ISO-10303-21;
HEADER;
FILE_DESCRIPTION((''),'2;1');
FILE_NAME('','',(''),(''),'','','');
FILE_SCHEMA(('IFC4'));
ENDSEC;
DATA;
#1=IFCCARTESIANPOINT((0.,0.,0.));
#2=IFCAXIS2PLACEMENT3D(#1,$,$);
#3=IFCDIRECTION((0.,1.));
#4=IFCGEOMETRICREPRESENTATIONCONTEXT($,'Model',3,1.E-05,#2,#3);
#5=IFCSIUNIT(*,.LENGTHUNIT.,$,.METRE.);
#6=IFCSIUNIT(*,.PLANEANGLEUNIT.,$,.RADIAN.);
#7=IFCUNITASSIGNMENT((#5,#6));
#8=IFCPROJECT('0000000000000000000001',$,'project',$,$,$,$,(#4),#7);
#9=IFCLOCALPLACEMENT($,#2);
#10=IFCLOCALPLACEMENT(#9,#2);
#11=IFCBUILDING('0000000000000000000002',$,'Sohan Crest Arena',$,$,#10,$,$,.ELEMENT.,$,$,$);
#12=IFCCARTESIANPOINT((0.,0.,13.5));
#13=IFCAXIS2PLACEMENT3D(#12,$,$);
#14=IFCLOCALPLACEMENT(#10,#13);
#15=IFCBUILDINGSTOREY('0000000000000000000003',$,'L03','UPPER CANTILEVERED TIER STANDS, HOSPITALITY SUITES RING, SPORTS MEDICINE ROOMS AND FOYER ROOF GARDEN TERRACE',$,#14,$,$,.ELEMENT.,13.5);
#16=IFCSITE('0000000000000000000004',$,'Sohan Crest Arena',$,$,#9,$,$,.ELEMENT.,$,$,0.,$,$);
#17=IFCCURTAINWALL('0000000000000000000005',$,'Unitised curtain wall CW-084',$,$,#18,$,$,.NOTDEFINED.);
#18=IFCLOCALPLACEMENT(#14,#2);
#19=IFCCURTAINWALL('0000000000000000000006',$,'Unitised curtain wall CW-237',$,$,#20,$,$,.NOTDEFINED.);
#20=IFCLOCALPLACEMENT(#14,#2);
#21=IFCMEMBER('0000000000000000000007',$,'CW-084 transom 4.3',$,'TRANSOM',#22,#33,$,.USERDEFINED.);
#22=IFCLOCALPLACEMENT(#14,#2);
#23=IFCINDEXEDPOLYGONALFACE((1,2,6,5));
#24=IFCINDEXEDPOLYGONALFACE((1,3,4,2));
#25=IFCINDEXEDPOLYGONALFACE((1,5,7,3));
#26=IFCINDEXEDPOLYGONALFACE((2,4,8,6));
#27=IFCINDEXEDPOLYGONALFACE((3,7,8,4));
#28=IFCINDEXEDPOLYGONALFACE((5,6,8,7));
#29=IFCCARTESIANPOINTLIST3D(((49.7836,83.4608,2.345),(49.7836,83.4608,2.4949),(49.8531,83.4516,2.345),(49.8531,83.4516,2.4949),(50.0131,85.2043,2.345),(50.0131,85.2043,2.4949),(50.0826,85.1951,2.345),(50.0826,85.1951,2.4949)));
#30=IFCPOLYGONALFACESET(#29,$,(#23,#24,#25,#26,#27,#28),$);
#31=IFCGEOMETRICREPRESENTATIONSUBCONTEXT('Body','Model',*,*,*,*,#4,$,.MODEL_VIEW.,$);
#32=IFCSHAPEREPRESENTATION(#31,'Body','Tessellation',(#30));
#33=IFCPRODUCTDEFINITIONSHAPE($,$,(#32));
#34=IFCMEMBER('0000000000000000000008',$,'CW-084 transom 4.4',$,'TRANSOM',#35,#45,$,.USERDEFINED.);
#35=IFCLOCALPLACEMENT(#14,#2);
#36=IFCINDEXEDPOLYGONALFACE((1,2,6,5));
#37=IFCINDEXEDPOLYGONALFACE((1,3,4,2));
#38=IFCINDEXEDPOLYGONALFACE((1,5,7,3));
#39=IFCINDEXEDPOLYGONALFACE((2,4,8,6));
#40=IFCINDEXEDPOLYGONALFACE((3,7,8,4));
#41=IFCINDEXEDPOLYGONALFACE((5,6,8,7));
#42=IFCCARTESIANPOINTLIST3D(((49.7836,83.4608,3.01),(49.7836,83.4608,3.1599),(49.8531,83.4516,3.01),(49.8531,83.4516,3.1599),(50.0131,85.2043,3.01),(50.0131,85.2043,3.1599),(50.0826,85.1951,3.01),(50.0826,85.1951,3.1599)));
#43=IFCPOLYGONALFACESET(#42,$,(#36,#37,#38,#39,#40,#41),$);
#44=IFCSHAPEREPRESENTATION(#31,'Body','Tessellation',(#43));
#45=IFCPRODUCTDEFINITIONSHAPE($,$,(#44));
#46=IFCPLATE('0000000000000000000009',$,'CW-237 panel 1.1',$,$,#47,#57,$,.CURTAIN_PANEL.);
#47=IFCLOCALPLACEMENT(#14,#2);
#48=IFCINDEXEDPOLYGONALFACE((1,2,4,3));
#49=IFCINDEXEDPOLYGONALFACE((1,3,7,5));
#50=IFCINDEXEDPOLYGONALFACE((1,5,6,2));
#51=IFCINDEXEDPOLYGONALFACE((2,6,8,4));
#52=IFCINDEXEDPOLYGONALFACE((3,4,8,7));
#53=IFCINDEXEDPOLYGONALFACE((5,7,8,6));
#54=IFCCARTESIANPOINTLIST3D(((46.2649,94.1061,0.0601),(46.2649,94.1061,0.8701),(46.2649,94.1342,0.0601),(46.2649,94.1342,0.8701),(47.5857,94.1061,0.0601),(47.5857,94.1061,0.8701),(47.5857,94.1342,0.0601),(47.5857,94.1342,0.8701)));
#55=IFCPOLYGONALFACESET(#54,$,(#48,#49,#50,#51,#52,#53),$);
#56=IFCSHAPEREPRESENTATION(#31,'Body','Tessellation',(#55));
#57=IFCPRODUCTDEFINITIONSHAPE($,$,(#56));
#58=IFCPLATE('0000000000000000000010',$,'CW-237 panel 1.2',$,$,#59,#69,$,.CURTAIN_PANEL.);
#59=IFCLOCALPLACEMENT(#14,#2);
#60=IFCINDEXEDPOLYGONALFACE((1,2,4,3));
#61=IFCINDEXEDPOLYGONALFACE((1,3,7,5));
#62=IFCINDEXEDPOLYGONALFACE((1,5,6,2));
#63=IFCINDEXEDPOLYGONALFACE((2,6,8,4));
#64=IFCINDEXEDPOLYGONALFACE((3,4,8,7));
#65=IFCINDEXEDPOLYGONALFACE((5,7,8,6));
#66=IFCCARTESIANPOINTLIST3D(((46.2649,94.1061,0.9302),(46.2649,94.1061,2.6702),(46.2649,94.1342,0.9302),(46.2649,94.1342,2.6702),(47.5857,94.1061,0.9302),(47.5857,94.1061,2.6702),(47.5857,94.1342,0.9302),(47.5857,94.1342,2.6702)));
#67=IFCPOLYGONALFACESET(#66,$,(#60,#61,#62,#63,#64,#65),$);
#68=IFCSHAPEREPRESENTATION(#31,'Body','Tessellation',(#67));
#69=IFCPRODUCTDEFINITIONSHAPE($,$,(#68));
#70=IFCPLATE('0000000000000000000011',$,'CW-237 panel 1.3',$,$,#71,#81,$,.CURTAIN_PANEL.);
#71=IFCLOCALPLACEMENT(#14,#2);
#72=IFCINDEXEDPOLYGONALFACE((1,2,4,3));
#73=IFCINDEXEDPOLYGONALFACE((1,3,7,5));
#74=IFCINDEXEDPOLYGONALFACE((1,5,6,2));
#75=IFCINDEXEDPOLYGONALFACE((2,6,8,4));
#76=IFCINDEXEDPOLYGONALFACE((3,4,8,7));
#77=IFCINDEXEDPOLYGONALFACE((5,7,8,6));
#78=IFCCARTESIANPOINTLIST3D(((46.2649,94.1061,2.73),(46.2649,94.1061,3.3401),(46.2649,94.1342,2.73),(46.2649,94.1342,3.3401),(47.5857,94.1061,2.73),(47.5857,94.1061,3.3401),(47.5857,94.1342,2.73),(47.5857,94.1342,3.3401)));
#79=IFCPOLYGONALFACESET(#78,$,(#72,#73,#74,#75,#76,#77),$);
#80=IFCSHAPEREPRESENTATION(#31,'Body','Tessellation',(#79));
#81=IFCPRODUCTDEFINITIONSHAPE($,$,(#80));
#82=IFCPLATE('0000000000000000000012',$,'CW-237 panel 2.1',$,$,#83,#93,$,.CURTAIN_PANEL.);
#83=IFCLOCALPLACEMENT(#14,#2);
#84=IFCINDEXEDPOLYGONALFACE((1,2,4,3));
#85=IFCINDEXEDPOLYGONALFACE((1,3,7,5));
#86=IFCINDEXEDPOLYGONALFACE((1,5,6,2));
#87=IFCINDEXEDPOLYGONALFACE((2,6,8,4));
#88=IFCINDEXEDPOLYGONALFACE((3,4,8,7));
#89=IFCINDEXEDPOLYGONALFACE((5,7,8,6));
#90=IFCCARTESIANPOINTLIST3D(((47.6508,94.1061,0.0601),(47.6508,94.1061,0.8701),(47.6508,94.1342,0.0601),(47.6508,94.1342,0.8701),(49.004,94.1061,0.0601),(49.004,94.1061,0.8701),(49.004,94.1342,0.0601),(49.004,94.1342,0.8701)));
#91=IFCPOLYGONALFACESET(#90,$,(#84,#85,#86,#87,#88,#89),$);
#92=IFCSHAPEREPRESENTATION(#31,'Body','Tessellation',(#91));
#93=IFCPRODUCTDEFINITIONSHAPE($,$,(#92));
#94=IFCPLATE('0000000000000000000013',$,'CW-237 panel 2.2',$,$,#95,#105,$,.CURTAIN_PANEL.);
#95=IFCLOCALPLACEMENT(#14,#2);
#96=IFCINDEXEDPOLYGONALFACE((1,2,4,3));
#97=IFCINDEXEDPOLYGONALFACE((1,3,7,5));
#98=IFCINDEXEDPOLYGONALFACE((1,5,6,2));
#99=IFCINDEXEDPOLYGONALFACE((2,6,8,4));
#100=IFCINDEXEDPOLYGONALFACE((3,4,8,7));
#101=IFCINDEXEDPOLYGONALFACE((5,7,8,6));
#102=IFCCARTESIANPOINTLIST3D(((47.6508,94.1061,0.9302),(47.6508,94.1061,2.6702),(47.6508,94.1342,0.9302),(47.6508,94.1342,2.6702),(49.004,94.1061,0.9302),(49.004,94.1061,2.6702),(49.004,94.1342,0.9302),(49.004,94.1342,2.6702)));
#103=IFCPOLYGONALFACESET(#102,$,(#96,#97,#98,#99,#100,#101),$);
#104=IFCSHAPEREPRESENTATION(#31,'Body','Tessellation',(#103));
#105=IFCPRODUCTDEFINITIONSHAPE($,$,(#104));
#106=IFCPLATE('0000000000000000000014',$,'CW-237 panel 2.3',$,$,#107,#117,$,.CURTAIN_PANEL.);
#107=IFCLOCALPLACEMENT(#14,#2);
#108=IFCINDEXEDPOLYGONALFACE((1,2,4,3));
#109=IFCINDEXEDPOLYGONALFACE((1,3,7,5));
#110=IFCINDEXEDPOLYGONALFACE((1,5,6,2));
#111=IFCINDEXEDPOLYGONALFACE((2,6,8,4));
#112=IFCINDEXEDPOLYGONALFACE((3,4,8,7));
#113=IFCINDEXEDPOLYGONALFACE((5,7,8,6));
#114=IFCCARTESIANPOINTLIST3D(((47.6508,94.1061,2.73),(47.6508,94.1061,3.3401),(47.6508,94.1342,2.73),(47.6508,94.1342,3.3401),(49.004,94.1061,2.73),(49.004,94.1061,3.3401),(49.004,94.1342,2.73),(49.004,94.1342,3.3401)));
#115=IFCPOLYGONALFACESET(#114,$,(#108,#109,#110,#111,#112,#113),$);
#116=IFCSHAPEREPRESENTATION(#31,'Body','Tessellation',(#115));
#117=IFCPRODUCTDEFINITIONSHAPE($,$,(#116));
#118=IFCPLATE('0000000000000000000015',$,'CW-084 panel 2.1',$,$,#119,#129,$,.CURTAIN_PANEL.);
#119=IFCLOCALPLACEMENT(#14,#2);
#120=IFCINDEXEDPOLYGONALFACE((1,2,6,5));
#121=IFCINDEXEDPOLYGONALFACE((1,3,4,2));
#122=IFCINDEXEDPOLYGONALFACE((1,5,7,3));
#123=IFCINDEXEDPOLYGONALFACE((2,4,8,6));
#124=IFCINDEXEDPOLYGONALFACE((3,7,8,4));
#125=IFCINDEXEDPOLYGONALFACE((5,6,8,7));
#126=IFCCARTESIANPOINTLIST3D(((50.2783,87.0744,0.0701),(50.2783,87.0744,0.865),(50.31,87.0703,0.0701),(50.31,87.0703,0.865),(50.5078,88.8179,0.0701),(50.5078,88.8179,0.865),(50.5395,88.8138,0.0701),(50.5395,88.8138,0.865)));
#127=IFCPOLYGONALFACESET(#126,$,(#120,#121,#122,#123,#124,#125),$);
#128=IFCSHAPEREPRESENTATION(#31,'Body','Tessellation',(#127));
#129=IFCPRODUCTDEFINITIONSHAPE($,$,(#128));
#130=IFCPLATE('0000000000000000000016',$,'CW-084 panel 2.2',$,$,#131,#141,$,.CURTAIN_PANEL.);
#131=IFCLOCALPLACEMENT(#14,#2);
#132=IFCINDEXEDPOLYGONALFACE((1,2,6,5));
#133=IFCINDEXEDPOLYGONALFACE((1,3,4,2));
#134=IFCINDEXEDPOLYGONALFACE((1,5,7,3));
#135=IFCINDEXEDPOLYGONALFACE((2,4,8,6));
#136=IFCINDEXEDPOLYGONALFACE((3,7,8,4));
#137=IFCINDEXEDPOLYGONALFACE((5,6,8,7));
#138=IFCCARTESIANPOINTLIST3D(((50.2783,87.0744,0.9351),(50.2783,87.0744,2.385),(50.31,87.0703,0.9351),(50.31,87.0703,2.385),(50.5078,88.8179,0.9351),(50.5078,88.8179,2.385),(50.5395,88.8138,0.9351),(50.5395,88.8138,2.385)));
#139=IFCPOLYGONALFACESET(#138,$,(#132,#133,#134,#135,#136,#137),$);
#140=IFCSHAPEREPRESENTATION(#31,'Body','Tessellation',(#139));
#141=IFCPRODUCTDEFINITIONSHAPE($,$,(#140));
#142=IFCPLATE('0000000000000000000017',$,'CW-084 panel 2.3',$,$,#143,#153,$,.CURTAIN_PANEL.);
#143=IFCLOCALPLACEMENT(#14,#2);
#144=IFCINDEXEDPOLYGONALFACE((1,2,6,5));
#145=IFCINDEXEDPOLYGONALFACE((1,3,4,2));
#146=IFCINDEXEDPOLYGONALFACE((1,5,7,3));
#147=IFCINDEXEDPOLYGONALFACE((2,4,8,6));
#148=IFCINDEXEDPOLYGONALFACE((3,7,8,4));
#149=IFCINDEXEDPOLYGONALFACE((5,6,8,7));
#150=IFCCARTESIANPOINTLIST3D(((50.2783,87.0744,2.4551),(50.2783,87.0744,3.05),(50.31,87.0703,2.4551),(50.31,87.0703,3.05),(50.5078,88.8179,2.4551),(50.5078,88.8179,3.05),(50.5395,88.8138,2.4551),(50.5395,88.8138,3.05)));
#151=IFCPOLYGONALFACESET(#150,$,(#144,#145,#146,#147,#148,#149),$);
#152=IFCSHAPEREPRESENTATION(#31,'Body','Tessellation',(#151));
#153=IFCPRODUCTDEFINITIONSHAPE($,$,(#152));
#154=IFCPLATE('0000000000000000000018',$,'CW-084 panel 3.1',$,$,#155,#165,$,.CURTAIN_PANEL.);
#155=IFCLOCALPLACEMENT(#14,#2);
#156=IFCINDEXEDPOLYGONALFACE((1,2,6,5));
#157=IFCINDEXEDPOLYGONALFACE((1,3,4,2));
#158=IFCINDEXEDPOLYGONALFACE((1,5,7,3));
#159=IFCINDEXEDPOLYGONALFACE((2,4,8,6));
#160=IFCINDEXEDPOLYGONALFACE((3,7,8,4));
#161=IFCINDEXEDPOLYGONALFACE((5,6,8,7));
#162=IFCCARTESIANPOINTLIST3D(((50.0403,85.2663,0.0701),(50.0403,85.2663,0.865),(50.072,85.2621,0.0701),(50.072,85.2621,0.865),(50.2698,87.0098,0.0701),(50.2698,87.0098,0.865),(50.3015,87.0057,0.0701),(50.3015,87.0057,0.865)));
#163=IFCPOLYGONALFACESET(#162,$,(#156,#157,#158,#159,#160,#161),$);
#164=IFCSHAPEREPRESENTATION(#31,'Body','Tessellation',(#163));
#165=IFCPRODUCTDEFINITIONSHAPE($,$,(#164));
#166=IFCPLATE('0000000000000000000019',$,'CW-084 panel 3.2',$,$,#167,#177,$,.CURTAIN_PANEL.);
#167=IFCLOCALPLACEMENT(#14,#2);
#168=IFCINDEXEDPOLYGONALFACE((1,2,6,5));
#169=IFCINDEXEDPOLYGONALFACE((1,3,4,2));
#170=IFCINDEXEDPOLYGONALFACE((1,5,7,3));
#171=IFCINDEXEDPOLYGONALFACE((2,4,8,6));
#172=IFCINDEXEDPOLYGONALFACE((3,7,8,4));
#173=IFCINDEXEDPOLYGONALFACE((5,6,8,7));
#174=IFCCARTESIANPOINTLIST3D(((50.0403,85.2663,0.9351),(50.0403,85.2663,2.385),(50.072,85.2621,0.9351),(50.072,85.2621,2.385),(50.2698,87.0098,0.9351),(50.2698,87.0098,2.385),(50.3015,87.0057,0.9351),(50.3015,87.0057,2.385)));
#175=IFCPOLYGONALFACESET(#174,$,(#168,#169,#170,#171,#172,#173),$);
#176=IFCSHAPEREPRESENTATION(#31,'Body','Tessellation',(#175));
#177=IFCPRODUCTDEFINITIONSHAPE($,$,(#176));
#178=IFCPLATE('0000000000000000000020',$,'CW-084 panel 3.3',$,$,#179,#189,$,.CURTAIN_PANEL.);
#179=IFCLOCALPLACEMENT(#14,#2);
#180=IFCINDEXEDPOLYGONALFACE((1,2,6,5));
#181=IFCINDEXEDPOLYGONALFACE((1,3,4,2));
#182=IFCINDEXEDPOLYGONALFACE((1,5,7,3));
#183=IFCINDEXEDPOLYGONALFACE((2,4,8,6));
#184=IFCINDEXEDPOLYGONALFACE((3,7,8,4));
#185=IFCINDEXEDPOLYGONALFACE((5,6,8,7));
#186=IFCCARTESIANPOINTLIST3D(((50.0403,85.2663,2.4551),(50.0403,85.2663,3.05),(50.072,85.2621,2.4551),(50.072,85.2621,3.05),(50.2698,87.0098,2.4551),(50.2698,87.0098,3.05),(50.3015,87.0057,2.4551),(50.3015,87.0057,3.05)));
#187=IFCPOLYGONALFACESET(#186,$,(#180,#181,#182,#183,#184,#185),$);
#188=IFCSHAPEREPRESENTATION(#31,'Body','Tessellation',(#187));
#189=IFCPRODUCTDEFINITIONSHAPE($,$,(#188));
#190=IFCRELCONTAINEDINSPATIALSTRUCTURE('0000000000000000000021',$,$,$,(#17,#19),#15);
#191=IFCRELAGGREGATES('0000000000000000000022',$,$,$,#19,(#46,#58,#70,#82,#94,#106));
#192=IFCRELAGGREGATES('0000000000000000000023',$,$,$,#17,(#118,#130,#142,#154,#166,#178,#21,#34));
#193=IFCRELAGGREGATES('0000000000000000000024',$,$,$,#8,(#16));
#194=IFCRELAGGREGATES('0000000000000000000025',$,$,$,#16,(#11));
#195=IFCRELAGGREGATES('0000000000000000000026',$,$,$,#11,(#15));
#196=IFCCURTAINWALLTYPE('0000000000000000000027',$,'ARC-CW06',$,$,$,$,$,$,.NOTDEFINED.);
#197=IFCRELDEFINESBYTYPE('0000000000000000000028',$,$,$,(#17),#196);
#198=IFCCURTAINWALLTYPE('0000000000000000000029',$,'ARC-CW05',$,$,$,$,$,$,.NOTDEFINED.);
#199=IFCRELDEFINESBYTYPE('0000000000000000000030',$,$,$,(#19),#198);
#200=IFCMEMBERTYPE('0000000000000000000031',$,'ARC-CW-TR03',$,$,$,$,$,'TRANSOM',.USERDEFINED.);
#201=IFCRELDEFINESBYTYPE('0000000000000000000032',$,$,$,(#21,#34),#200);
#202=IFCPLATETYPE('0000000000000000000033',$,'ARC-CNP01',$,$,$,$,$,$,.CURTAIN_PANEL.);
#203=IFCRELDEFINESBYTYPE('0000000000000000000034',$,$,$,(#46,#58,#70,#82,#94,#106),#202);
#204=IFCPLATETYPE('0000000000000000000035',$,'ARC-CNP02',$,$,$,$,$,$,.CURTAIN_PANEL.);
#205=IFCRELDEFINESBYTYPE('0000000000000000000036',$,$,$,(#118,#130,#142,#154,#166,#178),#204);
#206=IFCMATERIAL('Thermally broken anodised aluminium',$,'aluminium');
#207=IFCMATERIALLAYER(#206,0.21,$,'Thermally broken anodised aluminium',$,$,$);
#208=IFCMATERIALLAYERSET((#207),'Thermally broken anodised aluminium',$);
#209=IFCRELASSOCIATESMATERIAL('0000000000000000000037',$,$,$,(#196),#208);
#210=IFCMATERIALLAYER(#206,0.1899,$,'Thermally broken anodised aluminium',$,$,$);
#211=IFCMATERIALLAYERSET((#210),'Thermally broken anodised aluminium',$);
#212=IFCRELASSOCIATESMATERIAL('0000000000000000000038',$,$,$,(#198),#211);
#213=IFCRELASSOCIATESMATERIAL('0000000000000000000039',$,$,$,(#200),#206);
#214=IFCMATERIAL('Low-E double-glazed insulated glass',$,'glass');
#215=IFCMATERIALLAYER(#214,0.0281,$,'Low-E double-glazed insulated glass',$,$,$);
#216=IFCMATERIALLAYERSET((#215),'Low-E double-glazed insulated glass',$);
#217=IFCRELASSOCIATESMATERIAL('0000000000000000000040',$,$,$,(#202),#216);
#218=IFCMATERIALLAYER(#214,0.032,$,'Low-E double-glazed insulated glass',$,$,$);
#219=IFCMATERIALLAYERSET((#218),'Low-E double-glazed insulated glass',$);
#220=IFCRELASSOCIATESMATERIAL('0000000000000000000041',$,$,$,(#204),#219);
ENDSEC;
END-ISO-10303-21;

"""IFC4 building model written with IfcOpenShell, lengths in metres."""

from ifc_helpers import new_model, si_unit, direction, frame, origin, origin_2d, place, context, subcontext, project, spatial, rectangle, extrude, material, layer, layer_set, material_profile, profile_set, type_object, element, aggregate, save


model = new_model("IFC4")

# Units and contexts
model_context = context("Model", 3, precision=1e-05, world=origin(), true_north=direction((0.0, 1.0)))
body_context = subcontext(model_context, "Body", "Model", "MODEL_VIEW")
ifc_project = project(units=[si_unit("LENGTHUNIT", "METRE"), si_unit("PLANEANGLEUNIT", "RADIAN")], contexts=[model_context])

# Site, building, storey
site_placement = place(None, origin())
site = spatial("IfcSite", under=ifc_project, at=site_placement, Name="Sohan Crest Arena", CompositionType="ELEMENT", RefElevation=0.0)
building_placement = place(site_placement, origin())
building = spatial("IfcBuilding", under=site, at=building_placement, Name="Sohan Crest Arena", CompositionType="ELEMENT")
storey_placement = place(building_placement, frame((0.0, 0.0, 13.5)))
storey = spatial("IfcBuildingStorey", under=building, at=storey_placement, Name="L03", Description="UPPER CANTILEVERED TIER STANDS, HOSPITALITY SUITES RING, SPORTS MEDICINE ROOMS AND FOYER ROOF GARDEN TERRACE", CompositionType="ELEMENT", Elevation=13.5)

# Curtain walls
ifc_material_1 = material(Name="Thermally broken anodised aluminium", Category="aluminium")
ifc_layer_1 = layer(ifc_material_1, 0.21, Name="Thermally broken anodised aluminium")
ifc_layer_set_1 = layer_set([ifc_layer_1], Name="Thermally broken anodised aluminium")
curtain_wall_type_1 = type_object("IfcCurtainWallType", Name="ARC-CW06", PredefinedType="NOTDEFINED", material=ifc_layer_set_1)
curtain_wall_1_placement = place(storey_placement, origin())
curtain_wall_1 = element("IfcCurtainWall", 1, at=curtain_wall_1_placement, inside=storey, type_object=curtain_wall_type_1, Name="Unitised curtain wall CW-084", PredefinedType="NOTDEFINED")
ifc_layer_2 = layer(ifc_material_1, 0.1899, Name="Thermally broken anodised aluminium")
ifc_layer_set_2 = layer_set([ifc_layer_2], Name="Thermally broken anodised aluminium")
curtain_wall_type_2 = type_object("IfcCurtainWallType", Name="ARC-CW05", PredefinedType="NOTDEFINED", material=ifc_layer_set_2)
curtain_wall_2_placement = place(storey_placement, origin())
curtain_wall_2 = element("IfcCurtainWall", 2, at=curtain_wall_2_placement, inside=storey, type_object=curtain_wall_type_2, Name="Unitised curtain wall CW-237", PredefinedType="NOTDEFINED")

# Members
ifc_material_profile_1 = material_profile(ifc_material_1, rectangle(XDim=0.0701, YDim=0.1499, at=origin_2d()), Name="ALU-TRAN 70x150")
ifc_profile_set_1 = profile_set([ifc_material_profile_1], Name="Thermally broken anodised aluminium")
member_type_1 = type_object("IfcMemberType", Name="ARC-CW-TR03", ElementType="TRANSOM", PredefinedType="USERDEFINED", material=ifc_profile_set_1)
member_1_placement = place(storey_placement, frame((50.0479, 85.1997, 2.4199), z_axis=(-0.130508, -0.991447, 0.0), x_axis=(0.991447, -0.130508, 0.0)))
member_1 = element("IfcMember", 3, at=member_1_placement, type_object=member_type_1, Name="CW-084 transom 4.3", ObjectType="TRANSOM", PredefinedType="USERDEFINED", context=body_context, shape_type="SweptSolid", body=[
    extrude(rectangle(XDim=0.0701, YDim=0.1499, at=origin_2d()), origin(), (0.0, 0.0, 1.0), 1.7585),
])
member_2_placement = place(storey_placement, frame((50.0479, 85.1997, 3.085), z_axis=(-0.130508, -0.991447, 0.0), x_axis=(0.991447, -0.130508, 0.0)))
member_2 = element("IfcMember", 4, at=member_2_placement, type_object=member_type_1, Name="CW-084 transom 4.4", ObjectType="TRANSOM", PredefinedType="USERDEFINED", context=body_context, shape_type="SweptSolid", body=[
    extrude(rectangle(XDim=0.0701, YDim=0.1499, at=origin_2d()), origin(), (0.0, 0.0, 1.0), 1.7585),
])

# Plates
ifc_material_2 = material(Name="Low-E double-glazed insulated glass", Category="glass")
ifc_layer_3 = layer(ifc_material_2, 0.0281, Name="Low-E double-glazed insulated glass")
ifc_layer_set_3 = layer_set([ifc_layer_3], Name="Low-E double-glazed insulated glass")
plate_type_1 = type_object("IfcPlateType", Name="ARC-CNP01", PredefinedType="CURTAIN_PANEL", material=ifc_layer_set_3)
plate_1_placement = place(storey_placement, frame((46.9253, 94.1201, 0.0601), z_axis=(0.0, 0.0, 1.0), x_axis=(1.0, 0.0, 0.0)))
plate_1 = element("IfcPlate", 5, at=plate_1_placement, type_object=plate_type_1, Name="CW-237 panel 1.1", PredefinedType="CURTAIN_PANEL", context=body_context, shape_type="SweptSolid", body=[
    extrude(rectangle(XDim=1.3208, YDim=0.0281, at=origin_2d()), origin(), (0.0, 0.0, 1.0), 0.8101),
])
plate_2_placement = place(storey_placement, frame((46.9253, 94.1201, 0.9302), z_axis=(0.0, 0.0, 1.0), x_axis=(1.0, 0.0, 0.0)))
plate_2 = element("IfcPlate", 6, at=plate_2_placement, type_object=plate_type_1, Name="CW-237 panel 1.2", PredefinedType="CURTAIN_PANEL", context=body_context, shape_type="SweptSolid", body=[
    extrude(rectangle(XDim=1.3208, YDim=0.0281, at=origin_2d()), origin(), (0.0, 0.0, 1.0), 1.74),
])
plate_3_placement = place(storey_placement, frame((46.9253, 94.1201, 2.73), z_axis=(0.0, 0.0, 1.0), x_axis=(1.0, 0.0, 0.0)))
plate_3 = element("IfcPlate", 7, at=plate_3_placement, type_object=plate_type_1, Name="CW-237 panel 1.3", PredefinedType="CURTAIN_PANEL", context=body_context, shape_type="SweptSolid", body=[
    extrude(rectangle(XDim=1.3208, YDim=0.0281, at=origin_2d()), origin(), (0.0, 0.0, 1.0), 0.6101),
])
plate_4_placement = place(storey_placement, frame((48.3274, 94.1201, 0.0601), z_axis=(0.0, 0.0, 1.0), x_axis=(1.0, 0.0, 0.0)))
plate_4 = element("IfcPlate", 8, at=plate_4_placement, type_object=plate_type_1, Name="CW-237 panel 2.1", PredefinedType="CURTAIN_PANEL", context=body_context, shape_type="SweptSolid", body=[
    extrude(rectangle(XDim=1.3533, YDim=0.0281, at=origin_2d()), origin(), (0.0, 0.0, 1.0), 0.8101),
])
plate_5_placement = place(storey_placement, frame((48.3274, 94.1201, 0.9302), z_axis=(0.0, 0.0, 1.0), x_axis=(1.0, 0.0, 0.0)))
plate_5 = element("IfcPlate", 9, at=plate_5_placement, type_object=plate_type_1, Name="CW-237 panel 2.2", PredefinedType="CURTAIN_PANEL", context=body_context, shape_type="SweptSolid", body=[
    extrude(rectangle(XDim=1.3533, YDim=0.0281, at=origin_2d()), origin(), (0.0, 0.0, 1.0), 1.74),
])
plate_6_placement = place(storey_placement, frame((48.3274, 94.1201, 2.73), z_axis=(0.0, 0.0, 1.0), x_axis=(1.0, 0.0, 0.0)))
plate_6 = element("IfcPlate", 10, at=plate_6_placement, type_object=plate_type_1, Name="CW-237 panel 2.3", PredefinedType="CURTAIN_PANEL", context=body_context, shape_type="SweptSolid", body=[
    extrude(rectangle(XDim=1.3533, YDim=0.0281, at=origin_2d()), origin(), (0.0, 0.0, 1.0), 0.6101),
])
aggregate(curtain_wall_2, [plate_1, plate_2, plate_3, plate_4, plate_5, plate_6])
ifc_layer_4 = layer(ifc_material_2, 0.032, Name="Low-E double-glazed insulated glass")
ifc_layer_set_4 = layer_set([ifc_layer_4], Name="Low-E double-glazed insulated glass")
plate_type_2 = type_object("IfcPlateType", Name="ARC-CNP02", PredefinedType="CURTAIN_PANEL", material=ifc_layer_set_4)
plate_7_placement = place(storey_placement, frame((50.4089, 87.9441, 0.0701), z_axis=(0.0, 0.0, 1.0), x_axis=(-0.130511, -0.991447, 0.0)))
plate_7 = element("IfcPlate", 11, at=plate_7_placement, type_object=plate_type_2, Name="CW-084 panel 2.1", PredefinedType="CURTAIN_PANEL", context=body_context, shape_type="SweptSolid", body=[
    extrude(rectangle(XDim=1.7585, YDim=0.032, at=origin_2d()), origin(), (0.0, 0.0, 1.0), 0.7949),
])
plate_8_placement = place(storey_placement, frame((50.4089, 87.9441, 0.9351), z_axis=(0.0, 0.0, 1.0), x_axis=(-0.130511, -0.991447, 0.0)))
plate_8 = element("IfcPlate", 12, at=plate_8_placement, type_object=plate_type_2, Name="CW-084 panel 2.2", PredefinedType="CURTAIN_PANEL", context=body_context, shape_type="SweptSolid", body=[
    extrude(rectangle(XDim=1.7585, YDim=0.032, at=origin_2d()), origin(), (0.0, 0.0, 1.0), 1.45),
])
plate_9_placement = place(storey_placement, frame((50.4089, 87.9441, 2.4551), z_axis=(0.0, 0.0, 1.0), x_axis=(-0.130511, -0.991447, 0.0)))
plate_9 = element("IfcPlate", 13, at=plate_9_placement, type_object=plate_type_2, Name="CW-084 panel 2.3", PredefinedType="CURTAIN_PANEL", context=body_context, shape_type="SweptSolid", body=[
    extrude(rectangle(XDim=1.7585, YDim=0.032, at=origin_2d()), origin(), (0.0, 0.0, 1.0), 0.595),
])
plate_10_placement = place(storey_placement, frame((50.1709, 86.136, 0.0701), z_axis=(0.0, 0.0, 1.0), x_axis=(-0.130511, -0.991447, 0.0)))
plate_10 = element("IfcPlate", 14, at=plate_10_placement, type_object=plate_type_2, Name="CW-084 panel 3.1", PredefinedType="CURTAIN_PANEL", context=body_context, shape_type="SweptSolid", body=[
    extrude(rectangle(XDim=1.7585, YDim=0.032, at=origin_2d()), origin(), (0.0, 0.0, 1.0), 0.7949),
])
plate_11_placement = place(storey_placement, frame((50.1709, 86.136, 0.9351), z_axis=(0.0, 0.0, 1.0), x_axis=(-0.130511, -0.991447, 0.0)))
plate_11 = element("IfcPlate", 15, at=plate_11_placement, type_object=plate_type_2, Name="CW-084 panel 3.2", PredefinedType="CURTAIN_PANEL", context=body_context, shape_type="SweptSolid", body=[
    extrude(rectangle(XDim=1.7585, YDim=0.032, at=origin_2d()), origin(), (0.0, 0.0, 1.0), 1.45),
])
plate_12_placement = place(storey_placement, frame((50.1709, 86.136, 2.4551), z_axis=(0.0, 0.0, 1.0), x_axis=(-0.130511, -0.991447, 0.0)))
plate_12 = element("IfcPlate", 16, at=plate_12_placement, type_object=plate_type_2, Name="CW-084 panel 3.3", PredefinedType="CURTAIN_PANEL", context=body_context, shape_type="SweptSolid", body=[
    extrude(rectangle(XDim=1.7585, YDim=0.032, at=origin_2d()), origin(), (0.0, 0.0, 1.0), 0.595),
])
aggregate(curtain_wall_1, [plate_7, plate_8, plate_9, plate_10, plate_11, plate_12, member_1, member_2])

save(model, "model.ifc")
